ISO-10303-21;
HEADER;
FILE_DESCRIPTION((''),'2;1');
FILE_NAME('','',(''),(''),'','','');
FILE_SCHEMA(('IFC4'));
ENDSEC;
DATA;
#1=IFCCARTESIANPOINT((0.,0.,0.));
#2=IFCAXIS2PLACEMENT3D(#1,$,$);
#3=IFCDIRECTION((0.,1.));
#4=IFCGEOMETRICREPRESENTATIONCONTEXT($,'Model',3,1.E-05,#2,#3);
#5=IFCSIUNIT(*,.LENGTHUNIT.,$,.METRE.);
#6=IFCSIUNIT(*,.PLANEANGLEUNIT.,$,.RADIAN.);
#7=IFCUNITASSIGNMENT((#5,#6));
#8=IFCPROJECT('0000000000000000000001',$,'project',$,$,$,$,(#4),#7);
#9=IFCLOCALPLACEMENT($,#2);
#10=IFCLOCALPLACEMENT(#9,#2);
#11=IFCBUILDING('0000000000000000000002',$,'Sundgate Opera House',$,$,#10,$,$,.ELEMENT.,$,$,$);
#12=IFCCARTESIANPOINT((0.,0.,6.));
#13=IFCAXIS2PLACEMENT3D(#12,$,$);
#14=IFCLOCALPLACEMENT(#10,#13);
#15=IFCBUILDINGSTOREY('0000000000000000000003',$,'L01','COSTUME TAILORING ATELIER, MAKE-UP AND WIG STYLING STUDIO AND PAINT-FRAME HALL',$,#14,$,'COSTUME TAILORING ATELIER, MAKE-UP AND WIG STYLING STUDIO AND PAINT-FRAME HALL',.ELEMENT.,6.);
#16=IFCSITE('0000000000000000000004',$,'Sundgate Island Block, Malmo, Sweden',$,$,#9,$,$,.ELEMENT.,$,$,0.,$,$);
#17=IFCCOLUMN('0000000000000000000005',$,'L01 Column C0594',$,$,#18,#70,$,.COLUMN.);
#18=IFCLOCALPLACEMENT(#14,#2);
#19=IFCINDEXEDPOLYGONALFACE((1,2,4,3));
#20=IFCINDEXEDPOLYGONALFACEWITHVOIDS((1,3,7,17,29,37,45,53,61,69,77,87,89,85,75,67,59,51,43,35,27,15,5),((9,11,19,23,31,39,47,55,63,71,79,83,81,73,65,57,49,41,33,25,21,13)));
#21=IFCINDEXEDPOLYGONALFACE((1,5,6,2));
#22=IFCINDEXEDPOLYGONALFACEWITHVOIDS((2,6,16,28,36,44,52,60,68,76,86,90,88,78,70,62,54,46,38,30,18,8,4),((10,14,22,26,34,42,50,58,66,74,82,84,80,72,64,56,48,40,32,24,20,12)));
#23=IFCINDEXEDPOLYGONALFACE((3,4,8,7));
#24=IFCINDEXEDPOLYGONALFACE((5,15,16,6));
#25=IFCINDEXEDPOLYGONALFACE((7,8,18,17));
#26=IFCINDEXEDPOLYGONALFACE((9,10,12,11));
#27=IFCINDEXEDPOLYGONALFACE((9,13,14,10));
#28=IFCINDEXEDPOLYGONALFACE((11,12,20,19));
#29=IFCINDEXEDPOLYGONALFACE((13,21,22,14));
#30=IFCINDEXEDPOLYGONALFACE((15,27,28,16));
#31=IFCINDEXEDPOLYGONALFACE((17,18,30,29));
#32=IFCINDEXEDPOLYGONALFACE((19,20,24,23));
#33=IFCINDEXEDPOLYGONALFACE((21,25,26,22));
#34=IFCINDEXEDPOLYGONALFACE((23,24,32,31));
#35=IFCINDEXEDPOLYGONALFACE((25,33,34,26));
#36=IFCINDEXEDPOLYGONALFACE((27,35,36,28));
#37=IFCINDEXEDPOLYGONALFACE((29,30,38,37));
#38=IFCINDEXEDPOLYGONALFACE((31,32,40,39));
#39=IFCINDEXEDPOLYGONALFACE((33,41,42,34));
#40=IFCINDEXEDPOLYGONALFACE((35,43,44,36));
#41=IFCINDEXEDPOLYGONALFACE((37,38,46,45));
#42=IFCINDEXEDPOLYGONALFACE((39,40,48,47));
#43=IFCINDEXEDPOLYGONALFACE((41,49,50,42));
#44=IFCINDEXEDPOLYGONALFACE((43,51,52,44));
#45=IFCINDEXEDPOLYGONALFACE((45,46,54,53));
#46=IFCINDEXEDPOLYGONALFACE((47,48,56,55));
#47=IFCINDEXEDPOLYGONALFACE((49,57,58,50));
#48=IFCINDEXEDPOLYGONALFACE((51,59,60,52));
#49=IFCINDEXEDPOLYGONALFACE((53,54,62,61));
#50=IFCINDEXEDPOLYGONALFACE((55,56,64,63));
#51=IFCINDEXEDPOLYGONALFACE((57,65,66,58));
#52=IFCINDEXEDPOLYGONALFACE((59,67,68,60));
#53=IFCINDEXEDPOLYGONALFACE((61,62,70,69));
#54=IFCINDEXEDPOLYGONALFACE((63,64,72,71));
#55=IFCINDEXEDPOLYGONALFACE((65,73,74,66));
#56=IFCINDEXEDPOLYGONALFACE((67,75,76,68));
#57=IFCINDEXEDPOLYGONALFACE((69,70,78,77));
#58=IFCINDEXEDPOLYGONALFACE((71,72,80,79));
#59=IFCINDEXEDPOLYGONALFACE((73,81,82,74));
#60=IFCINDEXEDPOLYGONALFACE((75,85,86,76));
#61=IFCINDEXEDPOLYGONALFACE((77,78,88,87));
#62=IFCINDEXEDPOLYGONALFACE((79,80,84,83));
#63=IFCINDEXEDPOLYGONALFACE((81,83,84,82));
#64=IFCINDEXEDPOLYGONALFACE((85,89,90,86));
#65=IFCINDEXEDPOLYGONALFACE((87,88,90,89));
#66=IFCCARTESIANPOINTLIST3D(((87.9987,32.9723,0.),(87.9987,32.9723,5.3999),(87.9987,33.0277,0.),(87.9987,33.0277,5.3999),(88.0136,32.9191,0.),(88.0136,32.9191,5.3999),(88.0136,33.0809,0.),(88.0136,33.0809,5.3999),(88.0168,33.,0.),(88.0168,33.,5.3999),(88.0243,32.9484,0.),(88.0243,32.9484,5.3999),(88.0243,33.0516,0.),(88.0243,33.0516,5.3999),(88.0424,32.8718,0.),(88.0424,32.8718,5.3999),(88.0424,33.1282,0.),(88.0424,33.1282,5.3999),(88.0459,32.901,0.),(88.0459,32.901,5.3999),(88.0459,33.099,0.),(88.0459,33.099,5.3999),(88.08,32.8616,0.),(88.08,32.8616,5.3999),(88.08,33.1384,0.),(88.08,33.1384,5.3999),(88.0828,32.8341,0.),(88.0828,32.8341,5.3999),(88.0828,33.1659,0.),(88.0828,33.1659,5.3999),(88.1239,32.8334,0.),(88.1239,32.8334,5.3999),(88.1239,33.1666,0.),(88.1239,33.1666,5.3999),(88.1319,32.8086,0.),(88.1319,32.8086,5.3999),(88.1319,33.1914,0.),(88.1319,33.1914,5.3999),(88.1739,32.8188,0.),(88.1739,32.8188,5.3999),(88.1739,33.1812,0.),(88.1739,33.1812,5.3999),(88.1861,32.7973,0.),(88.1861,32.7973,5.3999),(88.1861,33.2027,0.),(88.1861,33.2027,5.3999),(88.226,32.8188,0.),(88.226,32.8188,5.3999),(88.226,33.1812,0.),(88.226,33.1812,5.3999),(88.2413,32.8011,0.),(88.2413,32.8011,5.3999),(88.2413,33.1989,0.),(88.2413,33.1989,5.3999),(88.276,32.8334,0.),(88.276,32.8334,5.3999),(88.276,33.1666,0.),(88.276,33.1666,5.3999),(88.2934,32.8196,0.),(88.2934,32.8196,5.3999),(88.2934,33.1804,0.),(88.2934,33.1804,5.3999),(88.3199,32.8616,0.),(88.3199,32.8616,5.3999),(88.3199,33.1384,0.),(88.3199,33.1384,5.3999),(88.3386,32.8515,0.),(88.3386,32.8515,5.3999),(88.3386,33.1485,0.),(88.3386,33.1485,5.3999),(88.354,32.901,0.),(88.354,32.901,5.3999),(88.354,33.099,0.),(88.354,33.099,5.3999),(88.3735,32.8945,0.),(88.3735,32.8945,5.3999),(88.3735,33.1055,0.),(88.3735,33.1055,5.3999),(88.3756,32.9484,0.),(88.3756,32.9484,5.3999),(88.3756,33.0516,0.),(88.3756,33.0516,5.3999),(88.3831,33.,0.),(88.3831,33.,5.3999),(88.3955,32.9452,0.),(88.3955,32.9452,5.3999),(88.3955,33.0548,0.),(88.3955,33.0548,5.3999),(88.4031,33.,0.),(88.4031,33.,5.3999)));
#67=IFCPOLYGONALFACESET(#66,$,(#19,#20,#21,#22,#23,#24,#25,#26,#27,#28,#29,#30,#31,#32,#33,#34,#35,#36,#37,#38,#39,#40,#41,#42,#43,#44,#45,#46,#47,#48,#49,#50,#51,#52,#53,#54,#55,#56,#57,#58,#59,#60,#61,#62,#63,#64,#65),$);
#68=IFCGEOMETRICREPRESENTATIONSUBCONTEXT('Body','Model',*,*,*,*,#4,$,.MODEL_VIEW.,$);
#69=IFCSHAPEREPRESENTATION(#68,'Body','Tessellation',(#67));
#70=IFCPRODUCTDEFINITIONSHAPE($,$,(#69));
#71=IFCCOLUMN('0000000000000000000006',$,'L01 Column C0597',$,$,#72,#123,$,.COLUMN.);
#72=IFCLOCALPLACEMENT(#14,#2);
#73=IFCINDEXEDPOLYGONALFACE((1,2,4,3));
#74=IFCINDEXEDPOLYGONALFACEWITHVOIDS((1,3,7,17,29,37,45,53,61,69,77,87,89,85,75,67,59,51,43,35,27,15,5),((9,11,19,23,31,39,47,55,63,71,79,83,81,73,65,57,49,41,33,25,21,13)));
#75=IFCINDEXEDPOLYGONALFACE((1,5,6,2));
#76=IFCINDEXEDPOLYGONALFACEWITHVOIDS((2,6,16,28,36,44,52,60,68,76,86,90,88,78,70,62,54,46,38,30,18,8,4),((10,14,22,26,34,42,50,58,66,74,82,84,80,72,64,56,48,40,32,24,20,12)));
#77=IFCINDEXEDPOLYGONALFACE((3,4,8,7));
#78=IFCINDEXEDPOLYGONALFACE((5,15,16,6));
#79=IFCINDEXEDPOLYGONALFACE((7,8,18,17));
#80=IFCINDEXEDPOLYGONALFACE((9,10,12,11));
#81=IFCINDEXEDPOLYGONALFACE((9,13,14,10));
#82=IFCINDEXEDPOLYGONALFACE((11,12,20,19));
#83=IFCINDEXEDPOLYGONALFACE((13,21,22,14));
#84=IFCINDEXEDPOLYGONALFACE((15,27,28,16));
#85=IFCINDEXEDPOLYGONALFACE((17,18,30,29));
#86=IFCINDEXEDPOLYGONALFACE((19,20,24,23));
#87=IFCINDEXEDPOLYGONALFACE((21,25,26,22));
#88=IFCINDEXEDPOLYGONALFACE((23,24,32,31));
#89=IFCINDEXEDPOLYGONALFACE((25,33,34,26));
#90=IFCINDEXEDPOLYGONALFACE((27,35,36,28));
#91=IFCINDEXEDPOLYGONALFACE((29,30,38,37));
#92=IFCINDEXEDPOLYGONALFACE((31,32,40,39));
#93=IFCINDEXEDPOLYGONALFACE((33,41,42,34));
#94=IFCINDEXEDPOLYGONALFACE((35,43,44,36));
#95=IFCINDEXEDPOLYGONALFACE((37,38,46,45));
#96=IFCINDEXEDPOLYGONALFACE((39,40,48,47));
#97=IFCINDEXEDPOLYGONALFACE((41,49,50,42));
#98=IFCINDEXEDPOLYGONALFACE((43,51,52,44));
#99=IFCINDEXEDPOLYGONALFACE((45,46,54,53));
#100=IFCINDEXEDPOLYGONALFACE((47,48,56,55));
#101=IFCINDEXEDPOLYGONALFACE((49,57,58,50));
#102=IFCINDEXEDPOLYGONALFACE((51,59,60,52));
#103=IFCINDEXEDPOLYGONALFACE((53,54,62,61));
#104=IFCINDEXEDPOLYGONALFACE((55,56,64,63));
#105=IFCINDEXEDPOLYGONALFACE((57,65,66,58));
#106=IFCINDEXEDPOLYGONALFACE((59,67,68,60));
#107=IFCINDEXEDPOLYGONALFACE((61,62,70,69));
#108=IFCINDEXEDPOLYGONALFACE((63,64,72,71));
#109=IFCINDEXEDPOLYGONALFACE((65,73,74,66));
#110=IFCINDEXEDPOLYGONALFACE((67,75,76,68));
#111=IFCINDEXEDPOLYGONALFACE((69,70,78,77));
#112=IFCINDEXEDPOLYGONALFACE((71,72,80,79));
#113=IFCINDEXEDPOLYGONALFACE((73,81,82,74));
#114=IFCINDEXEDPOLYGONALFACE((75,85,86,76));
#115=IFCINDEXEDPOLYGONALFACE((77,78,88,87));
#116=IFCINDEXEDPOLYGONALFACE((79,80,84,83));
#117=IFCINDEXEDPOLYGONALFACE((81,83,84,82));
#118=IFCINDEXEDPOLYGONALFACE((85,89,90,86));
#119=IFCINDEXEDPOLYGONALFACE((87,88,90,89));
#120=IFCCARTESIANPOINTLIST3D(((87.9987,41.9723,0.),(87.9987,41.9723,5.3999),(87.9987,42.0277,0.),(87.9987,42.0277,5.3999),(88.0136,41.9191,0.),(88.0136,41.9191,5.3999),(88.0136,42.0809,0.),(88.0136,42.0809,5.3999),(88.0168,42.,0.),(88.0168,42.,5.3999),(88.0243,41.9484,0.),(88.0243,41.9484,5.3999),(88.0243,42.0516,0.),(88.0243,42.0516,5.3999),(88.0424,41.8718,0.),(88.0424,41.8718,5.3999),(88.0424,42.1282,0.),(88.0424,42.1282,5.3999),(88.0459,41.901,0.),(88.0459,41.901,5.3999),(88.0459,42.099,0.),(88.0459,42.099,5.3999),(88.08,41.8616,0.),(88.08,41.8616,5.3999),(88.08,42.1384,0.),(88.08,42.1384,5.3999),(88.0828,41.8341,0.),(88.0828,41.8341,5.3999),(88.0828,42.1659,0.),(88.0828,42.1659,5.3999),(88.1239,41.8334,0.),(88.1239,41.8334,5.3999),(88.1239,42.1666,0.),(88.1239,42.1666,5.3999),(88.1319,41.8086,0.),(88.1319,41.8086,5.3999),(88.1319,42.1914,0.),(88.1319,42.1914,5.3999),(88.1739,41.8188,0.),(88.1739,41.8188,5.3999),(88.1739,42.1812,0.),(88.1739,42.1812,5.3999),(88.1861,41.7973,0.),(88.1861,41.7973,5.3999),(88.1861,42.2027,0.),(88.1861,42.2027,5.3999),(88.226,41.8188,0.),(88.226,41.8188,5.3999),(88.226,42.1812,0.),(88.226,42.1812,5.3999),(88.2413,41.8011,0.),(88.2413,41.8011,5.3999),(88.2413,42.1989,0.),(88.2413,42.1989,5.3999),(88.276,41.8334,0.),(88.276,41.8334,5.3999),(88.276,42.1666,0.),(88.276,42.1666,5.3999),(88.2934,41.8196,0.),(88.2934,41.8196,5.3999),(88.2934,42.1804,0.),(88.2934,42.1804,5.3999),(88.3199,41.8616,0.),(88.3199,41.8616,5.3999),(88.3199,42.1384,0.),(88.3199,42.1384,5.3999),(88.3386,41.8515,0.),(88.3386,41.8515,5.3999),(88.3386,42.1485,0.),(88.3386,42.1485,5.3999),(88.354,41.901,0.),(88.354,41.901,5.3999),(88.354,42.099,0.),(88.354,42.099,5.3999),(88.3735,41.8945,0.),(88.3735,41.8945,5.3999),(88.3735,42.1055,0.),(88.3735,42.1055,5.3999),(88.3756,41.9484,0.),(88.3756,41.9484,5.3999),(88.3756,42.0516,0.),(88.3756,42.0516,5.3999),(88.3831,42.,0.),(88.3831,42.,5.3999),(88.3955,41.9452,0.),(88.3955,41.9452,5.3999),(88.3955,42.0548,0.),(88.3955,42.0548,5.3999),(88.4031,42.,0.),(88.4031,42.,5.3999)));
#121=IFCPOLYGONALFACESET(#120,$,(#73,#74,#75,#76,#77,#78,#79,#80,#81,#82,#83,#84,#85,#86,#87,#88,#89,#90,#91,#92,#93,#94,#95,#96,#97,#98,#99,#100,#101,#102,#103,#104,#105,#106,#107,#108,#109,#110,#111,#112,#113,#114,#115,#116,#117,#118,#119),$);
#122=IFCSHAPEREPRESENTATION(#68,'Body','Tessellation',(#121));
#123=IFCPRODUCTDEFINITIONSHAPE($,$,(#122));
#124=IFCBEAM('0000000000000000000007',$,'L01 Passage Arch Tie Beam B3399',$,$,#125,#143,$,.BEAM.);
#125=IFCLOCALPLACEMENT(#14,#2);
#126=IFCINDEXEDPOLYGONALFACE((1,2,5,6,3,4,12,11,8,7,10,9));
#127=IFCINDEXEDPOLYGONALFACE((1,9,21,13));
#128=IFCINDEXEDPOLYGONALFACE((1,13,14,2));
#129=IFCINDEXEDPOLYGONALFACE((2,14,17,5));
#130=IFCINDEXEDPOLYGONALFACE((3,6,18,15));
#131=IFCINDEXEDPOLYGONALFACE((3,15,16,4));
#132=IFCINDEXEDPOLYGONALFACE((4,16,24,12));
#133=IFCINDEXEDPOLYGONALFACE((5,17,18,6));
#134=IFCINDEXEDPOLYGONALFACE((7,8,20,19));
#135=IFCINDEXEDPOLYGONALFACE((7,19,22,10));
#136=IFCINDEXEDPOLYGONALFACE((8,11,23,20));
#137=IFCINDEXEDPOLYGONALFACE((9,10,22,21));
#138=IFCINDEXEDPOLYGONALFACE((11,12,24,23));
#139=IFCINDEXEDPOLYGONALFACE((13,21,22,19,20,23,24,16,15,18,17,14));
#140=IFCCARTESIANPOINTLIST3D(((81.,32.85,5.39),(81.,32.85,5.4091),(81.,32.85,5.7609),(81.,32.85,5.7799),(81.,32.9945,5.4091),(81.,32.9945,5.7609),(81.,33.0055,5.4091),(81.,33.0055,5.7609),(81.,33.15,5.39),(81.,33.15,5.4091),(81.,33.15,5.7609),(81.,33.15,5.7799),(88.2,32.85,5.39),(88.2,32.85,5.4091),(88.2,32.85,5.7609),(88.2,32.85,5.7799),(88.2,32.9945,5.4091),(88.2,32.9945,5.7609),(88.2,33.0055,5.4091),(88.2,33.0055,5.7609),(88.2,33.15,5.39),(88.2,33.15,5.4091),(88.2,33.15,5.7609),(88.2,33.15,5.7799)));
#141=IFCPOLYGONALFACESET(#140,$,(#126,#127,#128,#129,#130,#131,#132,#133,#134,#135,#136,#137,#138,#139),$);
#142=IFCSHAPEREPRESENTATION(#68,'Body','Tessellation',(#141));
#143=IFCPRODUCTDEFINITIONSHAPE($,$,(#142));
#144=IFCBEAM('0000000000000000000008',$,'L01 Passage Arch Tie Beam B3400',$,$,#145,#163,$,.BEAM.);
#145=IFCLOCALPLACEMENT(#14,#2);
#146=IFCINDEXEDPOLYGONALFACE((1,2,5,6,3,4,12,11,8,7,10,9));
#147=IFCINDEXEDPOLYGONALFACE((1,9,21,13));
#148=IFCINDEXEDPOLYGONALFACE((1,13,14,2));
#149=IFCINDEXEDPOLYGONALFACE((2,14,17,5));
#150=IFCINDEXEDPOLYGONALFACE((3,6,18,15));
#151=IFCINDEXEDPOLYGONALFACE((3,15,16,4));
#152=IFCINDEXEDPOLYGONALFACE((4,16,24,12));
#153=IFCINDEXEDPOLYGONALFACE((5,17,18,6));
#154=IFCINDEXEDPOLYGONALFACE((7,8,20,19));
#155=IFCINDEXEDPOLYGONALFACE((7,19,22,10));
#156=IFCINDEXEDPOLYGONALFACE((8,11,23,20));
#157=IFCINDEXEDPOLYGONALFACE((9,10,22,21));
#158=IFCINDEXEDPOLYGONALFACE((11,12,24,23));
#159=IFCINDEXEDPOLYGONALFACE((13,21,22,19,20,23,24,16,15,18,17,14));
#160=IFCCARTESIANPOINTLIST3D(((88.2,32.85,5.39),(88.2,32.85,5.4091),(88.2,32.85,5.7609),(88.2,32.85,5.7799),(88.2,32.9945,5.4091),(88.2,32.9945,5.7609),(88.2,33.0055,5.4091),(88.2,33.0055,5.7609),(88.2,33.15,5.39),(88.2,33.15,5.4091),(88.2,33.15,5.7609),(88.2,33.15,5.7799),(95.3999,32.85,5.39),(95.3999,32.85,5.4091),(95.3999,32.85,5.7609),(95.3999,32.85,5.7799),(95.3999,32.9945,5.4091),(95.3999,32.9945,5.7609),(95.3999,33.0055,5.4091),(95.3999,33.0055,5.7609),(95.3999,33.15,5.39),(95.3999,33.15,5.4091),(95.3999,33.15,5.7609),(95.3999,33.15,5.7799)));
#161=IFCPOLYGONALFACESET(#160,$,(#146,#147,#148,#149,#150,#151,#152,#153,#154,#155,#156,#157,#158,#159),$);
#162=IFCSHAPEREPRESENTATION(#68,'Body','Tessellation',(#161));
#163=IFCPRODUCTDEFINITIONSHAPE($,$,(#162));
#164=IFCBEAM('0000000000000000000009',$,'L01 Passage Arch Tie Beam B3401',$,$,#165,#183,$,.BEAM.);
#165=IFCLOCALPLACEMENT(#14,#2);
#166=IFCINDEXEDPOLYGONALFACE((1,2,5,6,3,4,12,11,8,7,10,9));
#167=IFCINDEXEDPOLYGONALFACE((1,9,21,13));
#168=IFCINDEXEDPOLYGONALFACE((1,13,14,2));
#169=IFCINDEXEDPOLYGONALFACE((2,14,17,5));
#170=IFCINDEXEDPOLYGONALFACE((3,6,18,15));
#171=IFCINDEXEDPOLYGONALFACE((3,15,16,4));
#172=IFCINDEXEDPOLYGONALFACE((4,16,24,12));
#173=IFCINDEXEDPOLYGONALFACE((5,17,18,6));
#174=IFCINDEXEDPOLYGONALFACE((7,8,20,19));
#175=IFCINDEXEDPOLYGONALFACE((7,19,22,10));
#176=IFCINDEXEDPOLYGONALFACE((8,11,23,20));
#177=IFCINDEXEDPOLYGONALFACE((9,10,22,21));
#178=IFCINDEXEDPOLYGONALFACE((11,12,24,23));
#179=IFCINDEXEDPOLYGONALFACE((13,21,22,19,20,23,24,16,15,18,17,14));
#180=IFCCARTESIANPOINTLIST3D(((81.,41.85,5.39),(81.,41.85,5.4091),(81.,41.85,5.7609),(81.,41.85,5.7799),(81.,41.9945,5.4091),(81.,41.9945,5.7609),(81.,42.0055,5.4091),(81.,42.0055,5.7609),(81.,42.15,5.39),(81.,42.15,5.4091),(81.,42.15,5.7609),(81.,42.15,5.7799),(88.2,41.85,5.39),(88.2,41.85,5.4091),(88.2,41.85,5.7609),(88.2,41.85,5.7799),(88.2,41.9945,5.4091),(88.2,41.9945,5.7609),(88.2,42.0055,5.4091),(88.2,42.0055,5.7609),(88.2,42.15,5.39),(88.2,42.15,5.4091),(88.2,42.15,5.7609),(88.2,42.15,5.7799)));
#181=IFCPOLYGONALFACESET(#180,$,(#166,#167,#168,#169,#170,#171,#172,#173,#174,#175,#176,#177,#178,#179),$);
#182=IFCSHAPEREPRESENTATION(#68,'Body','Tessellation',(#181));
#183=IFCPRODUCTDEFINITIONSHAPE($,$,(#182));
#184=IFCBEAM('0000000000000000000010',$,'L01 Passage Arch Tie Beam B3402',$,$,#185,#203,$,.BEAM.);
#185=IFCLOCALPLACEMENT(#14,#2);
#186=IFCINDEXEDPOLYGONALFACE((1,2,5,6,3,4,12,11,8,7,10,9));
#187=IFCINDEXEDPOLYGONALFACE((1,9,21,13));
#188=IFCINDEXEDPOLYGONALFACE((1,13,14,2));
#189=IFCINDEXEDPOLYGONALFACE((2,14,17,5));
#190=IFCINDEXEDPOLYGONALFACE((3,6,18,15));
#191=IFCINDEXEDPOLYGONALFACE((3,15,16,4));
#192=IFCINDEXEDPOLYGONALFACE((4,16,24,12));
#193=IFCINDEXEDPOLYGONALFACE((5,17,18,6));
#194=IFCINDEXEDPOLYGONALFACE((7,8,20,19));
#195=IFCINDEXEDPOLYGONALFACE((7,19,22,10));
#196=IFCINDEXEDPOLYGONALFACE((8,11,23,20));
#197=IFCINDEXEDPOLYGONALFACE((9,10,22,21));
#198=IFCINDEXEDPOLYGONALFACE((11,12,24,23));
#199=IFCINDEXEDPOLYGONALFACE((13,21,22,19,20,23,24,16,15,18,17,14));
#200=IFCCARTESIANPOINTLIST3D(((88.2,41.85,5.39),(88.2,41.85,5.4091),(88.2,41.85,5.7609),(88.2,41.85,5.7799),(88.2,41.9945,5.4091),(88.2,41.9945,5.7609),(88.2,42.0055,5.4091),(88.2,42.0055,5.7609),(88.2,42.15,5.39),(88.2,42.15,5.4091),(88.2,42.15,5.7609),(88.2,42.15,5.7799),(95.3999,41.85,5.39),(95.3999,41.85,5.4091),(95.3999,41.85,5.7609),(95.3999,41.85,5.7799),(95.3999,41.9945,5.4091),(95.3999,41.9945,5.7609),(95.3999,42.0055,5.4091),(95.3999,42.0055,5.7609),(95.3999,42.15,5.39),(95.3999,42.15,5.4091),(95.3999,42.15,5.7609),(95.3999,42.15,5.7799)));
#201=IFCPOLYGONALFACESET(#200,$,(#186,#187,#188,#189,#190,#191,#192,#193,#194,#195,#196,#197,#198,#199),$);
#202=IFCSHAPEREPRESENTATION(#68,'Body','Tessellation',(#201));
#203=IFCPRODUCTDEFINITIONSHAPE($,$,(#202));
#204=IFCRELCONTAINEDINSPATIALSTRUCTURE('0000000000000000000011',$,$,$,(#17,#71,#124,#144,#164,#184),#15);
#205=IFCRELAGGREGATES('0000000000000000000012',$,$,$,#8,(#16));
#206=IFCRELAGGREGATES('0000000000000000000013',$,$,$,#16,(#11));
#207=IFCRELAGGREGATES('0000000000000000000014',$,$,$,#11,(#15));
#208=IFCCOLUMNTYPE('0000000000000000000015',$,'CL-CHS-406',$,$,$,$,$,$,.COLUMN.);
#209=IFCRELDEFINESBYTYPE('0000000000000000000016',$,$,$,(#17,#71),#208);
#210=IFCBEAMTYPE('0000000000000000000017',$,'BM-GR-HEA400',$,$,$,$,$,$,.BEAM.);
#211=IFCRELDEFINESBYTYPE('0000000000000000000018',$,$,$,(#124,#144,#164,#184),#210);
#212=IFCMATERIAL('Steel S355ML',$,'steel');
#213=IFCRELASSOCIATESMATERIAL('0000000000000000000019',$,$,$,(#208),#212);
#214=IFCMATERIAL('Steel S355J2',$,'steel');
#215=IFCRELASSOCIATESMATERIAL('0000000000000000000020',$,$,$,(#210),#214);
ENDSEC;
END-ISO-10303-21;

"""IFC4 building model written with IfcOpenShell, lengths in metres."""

from ifc_helpers import new_model, si_unit, direction, frame, origin, origin_2d, place, context, subcontext, project, spatial, hollow_circle, i_section, extrude, material, material_profile, profile_set, type_object, element, save


model = new_model("IFC4")

# Units and contexts
model_context = context("Model", 3, precision=1e-05, world=origin(), true_north=direction((0.0, 1.0)))
body_context = subcontext(model_context, "Body", "Model", "MODEL_VIEW")
ifc_project = project(units=[si_unit("LENGTHUNIT", "METRE"), si_unit("PLANEANGLEUNIT", "RADIAN")], contexts=[model_context])

# Site, building, storey
site_placement = place(None, origin())
site = spatial("IfcSite", under=ifc_project, at=site_placement, Name="Sundgate Island Block, Malmo, Sweden", CompositionType="ELEMENT", RefElevation=0.0)
building_placement = place(site_placement, origin())
building = spatial("IfcBuilding", under=site, at=building_placement, Name="Sundgate Opera House", CompositionType="ELEMENT")
storey_placement = place(building_placement, frame((0.0, 0.0, 6.0)))
storey = spatial("IfcBuildingStorey", under=building, at=storey_placement, Name="L01", Description="COSTUME TAILORING ATELIER, MAKE-UP AND WIG STYLING STUDIO AND PAINT-FRAME HALL", LongName="COSTUME TAILORING ATELIER, MAKE-UP AND WIG STYLING STUDIO AND PAINT-FRAME HALL", CompositionType="ELEMENT", Elevation=6.0)

# Columns
ifc_material_1 = material(Name="Steel S355ML", Category="steel")
ifc_material_profile_1 = material_profile(ifc_material_1, hollow_circle(Radius=0.2031, WallThickness=0.02, at=origin_2d()), Name="CHS 406.4x20.0")
ifc_profile_set_1 = profile_set([ifc_material_profile_1], Name="Steel S355ML")
column_type = type_object("IfcColumnType", Name="CL-CHS-406", PredefinedType="COLUMN", material=ifc_profile_set_1)
for number, where, z_axis, x_axis, name in (
    (1, (88.2, 33.0, 0.0), (0.0, 0.0, 1.0), (1.0, 0.0, 0.0), "L01 Column C0594"),
    (2, (88.2, 42.0, 0.0), (0.0, 0.0, 1.0), (1.0, 0.0, 0.0), "L01 Column C0597"),
):
    element("IfcColumn", number, at=place(storey_placement, frame(where, z_axis=z_axis, x_axis=x_axis)), inside=storey, type_object=column_type, Name=name, PredefinedType="COLUMN", context=body_context, shape_type="SweptSolid", body=[
        extrude(hollow_circle(Radius=0.2031, WallThickness=0.02, at=origin_2d()), origin(), (0.0, 0.0, 1.0), 5.3999),
    ])

# Beams
ifc_material_2 = material(Name="Steel S355J2", Category="steel")
ifc_material_profile_2 = material_profile(ifc_material_2, i_section(OverallWidth=0.3, OverallDepth=0.3899, WebThickness=0.011, FlangeThickness=0.019, at=origin_2d()), Name="HEA 400")
ifc_profile_set_2 = profile_set([ifc_material_profile_2], Name="Steel S355J2")
beam_type = type_object("IfcBeamType", Name="BM-GR-HEA400", PredefinedType="BEAM", material=ifc_profile_set_2)
for number, where, z_axis, x_axis, name in (
    (3, (81.0, 33.0, 5.585), (1.0, 0.0, 0.0), (0.0, 1.0, 0.0), "L01 Passage Arch Tie Beam B3399"),
    (4, (88.2, 33.0, 5.585), (1.0, 0.0, 0.0), (0.0, 1.0, 0.0), "L01 Passage Arch Tie Beam B3400"),
    (5, (81.0, 42.0, 5.585), (1.0, 0.0, 0.0), (0.0, 1.0, 0.0), "L01 Passage Arch Tie Beam B3401"),
    (6, (88.2, 42.0, 5.585), (1.0, 0.0, 0.0), (0.0, 1.0, 0.0), "L01 Passage Arch Tie Beam B3402"),
):
    element("IfcBeam", number, at=place(storey_placement, frame(where, z_axis=z_axis, x_axis=x_axis)), inside=storey, type_object=beam_type, Name=name, PredefinedType="BEAM", context=body_context, shape_type="SweptSolid", body=[
        extrude(i_section(OverallWidth=0.3, OverallDepth=0.3899, WebThickness=0.011, FlangeThickness=0.019, at=origin_2d()), origin(), (0.0, 0.0, 1.0), 7.2),
    ])

save(model, "model.ifc")
